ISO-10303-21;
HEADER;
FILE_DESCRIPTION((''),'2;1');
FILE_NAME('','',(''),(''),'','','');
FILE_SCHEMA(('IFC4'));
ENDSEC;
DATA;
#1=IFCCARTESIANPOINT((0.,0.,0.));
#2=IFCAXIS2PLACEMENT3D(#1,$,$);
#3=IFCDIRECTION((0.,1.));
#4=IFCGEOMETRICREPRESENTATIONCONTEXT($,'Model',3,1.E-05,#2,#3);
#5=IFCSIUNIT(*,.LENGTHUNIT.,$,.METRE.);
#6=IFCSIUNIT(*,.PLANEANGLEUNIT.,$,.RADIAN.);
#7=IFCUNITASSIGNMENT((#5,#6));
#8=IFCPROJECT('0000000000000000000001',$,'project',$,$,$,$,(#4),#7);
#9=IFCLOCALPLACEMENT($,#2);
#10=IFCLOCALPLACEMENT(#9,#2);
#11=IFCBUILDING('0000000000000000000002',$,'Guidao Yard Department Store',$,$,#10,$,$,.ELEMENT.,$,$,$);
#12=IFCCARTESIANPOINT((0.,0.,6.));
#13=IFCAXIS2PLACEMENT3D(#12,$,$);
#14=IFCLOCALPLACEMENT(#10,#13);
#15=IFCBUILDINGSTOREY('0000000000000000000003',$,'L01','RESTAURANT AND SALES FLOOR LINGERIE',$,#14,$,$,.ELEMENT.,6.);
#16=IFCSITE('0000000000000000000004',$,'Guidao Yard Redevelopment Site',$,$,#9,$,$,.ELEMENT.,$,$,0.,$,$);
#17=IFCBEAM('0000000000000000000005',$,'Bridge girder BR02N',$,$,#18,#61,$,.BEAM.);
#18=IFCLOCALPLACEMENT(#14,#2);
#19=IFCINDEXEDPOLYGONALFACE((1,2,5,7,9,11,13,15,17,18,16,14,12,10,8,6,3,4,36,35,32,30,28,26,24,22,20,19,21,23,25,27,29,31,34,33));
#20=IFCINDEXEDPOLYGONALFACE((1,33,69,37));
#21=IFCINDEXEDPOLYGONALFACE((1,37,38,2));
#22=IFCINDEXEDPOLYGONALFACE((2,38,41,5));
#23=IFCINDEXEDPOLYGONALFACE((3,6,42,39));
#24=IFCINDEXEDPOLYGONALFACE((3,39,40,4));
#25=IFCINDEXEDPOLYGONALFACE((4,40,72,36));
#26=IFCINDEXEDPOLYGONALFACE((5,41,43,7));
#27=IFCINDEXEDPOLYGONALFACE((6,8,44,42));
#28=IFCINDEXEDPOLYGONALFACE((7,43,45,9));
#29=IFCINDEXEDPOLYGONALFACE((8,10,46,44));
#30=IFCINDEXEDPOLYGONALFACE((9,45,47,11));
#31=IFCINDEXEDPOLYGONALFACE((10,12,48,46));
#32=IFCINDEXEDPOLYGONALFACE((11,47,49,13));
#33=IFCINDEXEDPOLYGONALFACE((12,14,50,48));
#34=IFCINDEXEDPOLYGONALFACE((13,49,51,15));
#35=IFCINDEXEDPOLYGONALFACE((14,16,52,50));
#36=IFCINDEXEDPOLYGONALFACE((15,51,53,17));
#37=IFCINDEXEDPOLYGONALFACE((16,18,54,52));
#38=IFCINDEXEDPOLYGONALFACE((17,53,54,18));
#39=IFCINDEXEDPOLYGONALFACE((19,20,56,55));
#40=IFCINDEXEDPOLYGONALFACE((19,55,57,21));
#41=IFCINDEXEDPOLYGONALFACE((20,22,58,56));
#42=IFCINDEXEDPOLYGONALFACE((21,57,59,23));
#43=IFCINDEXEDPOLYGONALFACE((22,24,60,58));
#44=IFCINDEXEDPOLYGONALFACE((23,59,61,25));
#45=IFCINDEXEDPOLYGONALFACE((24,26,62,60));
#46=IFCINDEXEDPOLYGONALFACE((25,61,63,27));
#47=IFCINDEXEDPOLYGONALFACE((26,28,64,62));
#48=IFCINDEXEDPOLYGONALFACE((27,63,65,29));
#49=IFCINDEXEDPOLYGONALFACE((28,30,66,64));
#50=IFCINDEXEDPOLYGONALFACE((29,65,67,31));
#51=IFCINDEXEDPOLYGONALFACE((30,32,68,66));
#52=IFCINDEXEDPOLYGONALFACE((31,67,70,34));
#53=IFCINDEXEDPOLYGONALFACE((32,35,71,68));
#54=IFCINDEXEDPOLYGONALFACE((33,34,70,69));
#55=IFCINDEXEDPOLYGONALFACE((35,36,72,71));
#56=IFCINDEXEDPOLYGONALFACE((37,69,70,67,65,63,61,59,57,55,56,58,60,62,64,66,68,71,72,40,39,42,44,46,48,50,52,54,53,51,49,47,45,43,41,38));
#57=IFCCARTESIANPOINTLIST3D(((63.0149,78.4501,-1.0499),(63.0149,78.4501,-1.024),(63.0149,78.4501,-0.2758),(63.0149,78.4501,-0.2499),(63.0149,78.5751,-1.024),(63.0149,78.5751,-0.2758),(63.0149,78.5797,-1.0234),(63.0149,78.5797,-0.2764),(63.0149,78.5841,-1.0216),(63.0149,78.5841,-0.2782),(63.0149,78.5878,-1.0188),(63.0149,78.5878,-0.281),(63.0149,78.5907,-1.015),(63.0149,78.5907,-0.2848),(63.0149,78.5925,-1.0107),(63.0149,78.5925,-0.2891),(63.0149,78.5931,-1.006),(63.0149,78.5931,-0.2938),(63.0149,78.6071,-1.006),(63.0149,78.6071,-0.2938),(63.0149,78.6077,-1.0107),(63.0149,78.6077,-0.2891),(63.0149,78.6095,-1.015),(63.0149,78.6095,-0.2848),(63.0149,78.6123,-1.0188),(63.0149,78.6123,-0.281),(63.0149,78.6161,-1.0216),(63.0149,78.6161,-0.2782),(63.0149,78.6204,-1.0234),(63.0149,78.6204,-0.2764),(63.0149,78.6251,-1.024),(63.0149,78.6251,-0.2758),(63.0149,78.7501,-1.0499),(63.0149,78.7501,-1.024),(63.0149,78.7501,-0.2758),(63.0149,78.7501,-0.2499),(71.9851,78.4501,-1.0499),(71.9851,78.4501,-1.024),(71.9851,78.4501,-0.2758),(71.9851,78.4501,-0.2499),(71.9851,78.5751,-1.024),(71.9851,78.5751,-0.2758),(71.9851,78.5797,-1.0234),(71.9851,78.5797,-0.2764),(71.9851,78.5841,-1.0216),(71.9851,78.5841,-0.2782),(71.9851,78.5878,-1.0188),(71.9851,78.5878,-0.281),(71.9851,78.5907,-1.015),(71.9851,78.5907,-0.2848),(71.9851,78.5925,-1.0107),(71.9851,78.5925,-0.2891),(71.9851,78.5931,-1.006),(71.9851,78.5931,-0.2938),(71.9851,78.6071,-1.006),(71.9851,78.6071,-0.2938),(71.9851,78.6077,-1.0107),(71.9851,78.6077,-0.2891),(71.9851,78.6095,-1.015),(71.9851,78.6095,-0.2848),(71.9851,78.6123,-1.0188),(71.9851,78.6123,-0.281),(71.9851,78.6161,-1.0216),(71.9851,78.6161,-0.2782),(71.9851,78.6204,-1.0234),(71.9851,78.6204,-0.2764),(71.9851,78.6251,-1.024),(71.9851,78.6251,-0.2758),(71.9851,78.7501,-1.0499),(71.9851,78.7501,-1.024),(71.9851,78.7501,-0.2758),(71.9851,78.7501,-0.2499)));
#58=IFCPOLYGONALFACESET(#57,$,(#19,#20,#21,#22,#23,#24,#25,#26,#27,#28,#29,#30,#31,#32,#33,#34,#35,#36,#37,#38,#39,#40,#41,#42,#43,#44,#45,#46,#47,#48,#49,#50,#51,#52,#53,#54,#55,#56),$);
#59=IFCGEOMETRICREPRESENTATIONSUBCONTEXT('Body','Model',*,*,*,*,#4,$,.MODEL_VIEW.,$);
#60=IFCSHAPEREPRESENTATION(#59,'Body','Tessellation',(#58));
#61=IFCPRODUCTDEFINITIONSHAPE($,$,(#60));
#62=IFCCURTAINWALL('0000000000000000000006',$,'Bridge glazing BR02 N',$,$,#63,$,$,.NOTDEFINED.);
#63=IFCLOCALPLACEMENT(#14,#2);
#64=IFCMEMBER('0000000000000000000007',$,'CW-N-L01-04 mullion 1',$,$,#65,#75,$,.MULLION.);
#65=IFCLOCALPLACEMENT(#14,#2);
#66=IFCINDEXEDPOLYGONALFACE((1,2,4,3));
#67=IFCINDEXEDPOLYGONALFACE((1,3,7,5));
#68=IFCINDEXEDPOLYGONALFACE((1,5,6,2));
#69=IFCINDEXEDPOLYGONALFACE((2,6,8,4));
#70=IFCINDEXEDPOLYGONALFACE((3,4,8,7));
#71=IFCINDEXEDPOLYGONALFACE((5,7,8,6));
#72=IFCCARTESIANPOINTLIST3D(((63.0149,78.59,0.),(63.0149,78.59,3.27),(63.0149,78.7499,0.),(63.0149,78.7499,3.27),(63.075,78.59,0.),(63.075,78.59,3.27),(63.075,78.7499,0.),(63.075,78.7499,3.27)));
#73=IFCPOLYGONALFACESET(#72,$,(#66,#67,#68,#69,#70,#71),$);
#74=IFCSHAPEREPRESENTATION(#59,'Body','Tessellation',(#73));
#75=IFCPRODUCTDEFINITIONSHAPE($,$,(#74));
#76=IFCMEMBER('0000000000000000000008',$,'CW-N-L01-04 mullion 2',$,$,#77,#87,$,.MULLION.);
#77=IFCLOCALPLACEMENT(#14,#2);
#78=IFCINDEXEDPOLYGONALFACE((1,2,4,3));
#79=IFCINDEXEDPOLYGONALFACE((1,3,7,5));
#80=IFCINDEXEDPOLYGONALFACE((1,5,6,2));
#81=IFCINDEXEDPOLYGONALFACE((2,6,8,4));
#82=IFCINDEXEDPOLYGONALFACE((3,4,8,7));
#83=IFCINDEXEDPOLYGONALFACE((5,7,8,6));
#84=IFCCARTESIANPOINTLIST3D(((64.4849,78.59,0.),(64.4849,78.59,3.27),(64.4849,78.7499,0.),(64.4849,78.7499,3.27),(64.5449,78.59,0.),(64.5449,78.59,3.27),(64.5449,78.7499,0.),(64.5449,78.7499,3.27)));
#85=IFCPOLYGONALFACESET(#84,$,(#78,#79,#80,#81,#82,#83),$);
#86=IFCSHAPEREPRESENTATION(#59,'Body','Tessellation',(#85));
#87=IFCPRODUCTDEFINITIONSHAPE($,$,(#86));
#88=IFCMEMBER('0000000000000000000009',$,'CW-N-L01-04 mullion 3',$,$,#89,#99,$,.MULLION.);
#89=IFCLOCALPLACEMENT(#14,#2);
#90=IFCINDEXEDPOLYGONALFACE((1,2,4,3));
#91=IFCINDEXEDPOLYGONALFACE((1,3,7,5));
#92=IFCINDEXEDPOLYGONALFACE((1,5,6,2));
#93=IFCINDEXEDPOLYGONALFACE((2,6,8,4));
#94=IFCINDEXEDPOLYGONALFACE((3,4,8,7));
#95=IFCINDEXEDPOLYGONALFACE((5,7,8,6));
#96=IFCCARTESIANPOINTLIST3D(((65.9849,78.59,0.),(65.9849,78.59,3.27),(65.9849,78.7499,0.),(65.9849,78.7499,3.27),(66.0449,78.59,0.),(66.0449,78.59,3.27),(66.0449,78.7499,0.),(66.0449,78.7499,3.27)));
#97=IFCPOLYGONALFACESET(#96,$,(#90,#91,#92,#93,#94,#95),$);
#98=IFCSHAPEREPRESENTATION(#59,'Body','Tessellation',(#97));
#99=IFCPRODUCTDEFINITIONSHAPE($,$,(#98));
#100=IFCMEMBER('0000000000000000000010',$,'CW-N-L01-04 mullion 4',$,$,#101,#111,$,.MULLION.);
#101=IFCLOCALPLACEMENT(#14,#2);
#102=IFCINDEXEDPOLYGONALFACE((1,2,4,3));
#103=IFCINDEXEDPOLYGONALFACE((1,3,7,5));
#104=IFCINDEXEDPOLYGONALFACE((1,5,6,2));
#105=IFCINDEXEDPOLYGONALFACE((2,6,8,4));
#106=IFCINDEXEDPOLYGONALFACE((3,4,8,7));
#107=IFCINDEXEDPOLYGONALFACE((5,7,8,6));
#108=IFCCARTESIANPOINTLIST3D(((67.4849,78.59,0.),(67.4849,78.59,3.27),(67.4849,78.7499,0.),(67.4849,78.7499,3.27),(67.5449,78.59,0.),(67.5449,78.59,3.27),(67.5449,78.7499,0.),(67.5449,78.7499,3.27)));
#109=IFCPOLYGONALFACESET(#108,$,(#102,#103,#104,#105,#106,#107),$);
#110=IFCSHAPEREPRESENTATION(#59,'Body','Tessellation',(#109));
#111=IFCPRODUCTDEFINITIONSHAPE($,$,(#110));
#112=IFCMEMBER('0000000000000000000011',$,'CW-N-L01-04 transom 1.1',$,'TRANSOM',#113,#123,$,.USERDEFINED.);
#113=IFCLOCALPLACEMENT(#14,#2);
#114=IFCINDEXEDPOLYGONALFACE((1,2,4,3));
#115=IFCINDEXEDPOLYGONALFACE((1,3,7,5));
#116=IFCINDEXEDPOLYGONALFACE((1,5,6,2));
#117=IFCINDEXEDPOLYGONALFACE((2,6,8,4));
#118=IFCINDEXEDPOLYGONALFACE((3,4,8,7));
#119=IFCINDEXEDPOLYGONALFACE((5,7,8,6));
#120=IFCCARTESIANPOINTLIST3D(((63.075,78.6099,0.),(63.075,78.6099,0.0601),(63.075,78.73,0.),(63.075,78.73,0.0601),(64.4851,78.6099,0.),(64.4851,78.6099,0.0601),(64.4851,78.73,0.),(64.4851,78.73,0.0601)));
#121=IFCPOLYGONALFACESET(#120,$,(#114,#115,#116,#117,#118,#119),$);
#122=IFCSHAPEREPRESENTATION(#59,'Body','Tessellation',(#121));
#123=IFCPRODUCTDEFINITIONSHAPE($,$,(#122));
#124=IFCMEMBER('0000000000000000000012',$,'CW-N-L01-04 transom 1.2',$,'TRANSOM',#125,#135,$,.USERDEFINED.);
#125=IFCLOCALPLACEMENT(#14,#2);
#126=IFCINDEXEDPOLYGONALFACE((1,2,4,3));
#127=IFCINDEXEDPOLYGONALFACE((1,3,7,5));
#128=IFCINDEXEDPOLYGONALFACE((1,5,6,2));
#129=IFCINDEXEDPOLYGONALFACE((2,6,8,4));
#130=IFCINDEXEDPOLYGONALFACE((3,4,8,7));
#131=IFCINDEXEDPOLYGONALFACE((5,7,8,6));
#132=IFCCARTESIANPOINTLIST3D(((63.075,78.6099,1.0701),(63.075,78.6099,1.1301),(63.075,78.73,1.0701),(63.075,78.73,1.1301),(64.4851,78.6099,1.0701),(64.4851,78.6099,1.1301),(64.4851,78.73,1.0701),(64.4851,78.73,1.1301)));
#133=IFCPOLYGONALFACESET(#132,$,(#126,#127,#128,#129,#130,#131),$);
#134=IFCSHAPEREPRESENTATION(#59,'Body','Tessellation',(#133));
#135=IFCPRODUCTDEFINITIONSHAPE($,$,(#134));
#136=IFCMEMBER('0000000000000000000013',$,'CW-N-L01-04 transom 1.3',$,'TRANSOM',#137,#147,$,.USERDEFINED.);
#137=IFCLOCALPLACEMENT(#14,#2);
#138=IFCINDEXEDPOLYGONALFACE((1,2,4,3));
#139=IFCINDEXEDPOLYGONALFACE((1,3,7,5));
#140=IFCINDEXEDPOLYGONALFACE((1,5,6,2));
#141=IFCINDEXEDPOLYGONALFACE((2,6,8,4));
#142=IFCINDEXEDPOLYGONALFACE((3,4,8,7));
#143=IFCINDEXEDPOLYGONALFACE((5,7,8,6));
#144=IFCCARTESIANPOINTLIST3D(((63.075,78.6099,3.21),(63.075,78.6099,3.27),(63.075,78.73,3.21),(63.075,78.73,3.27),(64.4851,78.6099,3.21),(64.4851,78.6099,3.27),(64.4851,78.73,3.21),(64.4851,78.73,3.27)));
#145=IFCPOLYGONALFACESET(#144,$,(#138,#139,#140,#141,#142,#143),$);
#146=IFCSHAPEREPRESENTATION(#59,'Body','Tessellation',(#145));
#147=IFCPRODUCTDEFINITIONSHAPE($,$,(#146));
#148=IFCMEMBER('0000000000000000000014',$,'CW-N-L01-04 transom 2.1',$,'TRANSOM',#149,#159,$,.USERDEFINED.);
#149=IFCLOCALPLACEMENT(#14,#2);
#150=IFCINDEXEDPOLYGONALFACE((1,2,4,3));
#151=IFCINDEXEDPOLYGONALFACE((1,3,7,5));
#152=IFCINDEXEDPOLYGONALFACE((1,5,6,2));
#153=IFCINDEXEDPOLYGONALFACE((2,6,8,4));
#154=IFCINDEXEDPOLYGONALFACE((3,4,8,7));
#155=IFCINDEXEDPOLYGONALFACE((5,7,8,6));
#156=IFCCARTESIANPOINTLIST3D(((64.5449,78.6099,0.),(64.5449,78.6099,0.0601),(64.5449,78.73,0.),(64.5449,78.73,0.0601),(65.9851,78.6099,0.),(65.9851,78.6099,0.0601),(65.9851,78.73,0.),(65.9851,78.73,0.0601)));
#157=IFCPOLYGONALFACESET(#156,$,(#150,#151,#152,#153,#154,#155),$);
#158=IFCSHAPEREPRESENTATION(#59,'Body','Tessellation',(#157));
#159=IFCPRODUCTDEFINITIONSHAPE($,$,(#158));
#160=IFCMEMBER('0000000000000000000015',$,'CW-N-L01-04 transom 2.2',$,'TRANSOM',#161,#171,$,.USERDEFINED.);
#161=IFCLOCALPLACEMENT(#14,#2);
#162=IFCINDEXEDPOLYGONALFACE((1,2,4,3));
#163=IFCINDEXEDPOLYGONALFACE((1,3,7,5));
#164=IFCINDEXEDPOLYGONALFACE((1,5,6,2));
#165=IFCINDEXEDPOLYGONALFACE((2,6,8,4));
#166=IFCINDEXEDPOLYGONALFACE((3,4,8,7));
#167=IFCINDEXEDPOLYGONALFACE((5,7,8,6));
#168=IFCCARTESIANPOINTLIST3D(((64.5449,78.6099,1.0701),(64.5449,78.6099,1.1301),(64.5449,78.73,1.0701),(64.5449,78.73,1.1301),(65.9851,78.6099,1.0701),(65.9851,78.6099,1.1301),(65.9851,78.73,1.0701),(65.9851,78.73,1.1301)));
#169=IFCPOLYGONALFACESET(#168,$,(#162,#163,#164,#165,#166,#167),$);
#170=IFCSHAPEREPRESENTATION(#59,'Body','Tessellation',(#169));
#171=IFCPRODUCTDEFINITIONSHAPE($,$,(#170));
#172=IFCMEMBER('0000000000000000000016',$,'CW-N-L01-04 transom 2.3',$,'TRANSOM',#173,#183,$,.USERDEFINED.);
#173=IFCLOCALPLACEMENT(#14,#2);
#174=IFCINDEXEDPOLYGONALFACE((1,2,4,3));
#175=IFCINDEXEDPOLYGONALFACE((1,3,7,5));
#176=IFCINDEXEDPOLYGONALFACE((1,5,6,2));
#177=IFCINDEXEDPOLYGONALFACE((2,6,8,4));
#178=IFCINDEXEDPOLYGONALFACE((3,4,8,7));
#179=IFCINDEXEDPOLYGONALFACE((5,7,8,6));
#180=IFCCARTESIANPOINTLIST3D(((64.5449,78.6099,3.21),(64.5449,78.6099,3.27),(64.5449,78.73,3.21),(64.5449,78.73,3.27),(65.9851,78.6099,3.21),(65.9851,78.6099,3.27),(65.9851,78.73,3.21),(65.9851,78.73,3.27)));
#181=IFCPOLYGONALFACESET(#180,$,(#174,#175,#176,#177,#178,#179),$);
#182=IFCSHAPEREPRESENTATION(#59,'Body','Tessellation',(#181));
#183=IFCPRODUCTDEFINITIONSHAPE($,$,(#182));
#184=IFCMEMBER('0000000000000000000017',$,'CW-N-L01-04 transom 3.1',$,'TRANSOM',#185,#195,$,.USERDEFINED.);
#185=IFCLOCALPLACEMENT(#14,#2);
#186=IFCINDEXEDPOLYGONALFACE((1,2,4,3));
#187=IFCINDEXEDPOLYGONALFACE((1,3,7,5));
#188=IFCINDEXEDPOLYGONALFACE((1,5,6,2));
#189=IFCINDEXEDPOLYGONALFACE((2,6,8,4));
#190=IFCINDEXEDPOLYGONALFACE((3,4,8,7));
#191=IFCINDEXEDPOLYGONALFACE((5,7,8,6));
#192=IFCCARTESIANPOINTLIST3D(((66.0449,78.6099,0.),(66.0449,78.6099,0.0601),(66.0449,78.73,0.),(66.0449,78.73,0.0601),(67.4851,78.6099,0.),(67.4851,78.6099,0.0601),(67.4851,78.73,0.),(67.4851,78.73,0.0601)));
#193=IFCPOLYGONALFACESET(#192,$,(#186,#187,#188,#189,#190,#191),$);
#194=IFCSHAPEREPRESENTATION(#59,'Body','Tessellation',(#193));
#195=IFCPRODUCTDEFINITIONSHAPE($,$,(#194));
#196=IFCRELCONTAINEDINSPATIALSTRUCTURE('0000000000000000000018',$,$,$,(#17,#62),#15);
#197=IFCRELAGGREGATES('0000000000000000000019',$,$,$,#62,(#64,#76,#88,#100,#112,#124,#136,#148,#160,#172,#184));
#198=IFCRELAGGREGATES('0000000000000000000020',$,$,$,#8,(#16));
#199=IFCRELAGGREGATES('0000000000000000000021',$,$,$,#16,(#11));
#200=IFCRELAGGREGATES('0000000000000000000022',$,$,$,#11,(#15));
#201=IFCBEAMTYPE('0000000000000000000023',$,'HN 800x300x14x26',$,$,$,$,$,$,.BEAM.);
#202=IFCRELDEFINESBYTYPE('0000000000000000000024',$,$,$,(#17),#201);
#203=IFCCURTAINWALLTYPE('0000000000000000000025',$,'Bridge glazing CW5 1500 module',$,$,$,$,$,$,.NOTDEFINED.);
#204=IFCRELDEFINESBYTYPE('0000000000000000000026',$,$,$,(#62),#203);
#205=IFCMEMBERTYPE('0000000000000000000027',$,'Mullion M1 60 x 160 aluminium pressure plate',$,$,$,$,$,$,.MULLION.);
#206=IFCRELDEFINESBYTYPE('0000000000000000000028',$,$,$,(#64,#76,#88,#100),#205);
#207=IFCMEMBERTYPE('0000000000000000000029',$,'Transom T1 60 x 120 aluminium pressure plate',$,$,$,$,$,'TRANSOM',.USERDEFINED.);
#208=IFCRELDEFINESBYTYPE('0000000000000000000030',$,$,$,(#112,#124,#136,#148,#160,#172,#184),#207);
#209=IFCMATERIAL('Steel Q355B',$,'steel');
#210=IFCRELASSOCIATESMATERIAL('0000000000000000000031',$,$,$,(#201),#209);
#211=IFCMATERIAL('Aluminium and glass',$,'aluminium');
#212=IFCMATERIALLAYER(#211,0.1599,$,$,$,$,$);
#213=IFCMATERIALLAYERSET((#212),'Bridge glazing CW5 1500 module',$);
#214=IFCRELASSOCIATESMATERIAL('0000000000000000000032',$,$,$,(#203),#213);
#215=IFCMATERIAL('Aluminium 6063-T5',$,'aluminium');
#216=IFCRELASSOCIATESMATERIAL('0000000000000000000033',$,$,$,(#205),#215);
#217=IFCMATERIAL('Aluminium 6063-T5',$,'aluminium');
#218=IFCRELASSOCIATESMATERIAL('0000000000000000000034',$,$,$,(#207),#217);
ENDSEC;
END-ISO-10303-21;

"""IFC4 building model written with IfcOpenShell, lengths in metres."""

from ifc_helpers import new_model, si_unit, direction, frame, origin, origin_2d, place, context, subcontext, project, spatial, rectangle, i_section, extrude, material, layer, layer_set, material_profile, profile_set, type_object, element, aggregate, save


model = new_model("IFC4")

# Units and contexts
model_context = context("Model", 3, precision=1e-05, world=origin(), true_north=direction((0.0, 1.0)))
body_context = subcontext(model_context, "Body", "Model", "MODEL_VIEW")
ifc_project = project(units=[si_unit("LENGTHUNIT", "METRE"), si_unit("PLANEANGLEUNIT", "RADIAN")], contexts=[model_context])

# Site, building, storey
site_placement = place(None, origin())
site = spatial("IfcSite", under=ifc_project, at=site_placement, Name="Guidao Yard Redevelopment Site", CompositionType="ELEMENT", RefElevation=0.0)
building_placement = place(site_placement, origin())
building = spatial("IfcBuilding", under=site, at=building_placement, Name="Guidao Yard Department Store", CompositionType="ELEMENT")
storey_placement = place(building_placement, frame((0.0, 0.0, 6.0)))
storey = spatial("IfcBuildingStorey", under=building, at=storey_placement, Name="L01", Description="RESTAURANT AND SALES FLOOR LINGERIE", CompositionType="ELEMENT", Elevation=6.0)

# Beam
ifc_material_1 = material(Name="Steel Q355B", Category="steel")
ifc_material_profile_1 = material_profile(ifc_material_1, i_section(OverallWidth=0.3, OverallDepth=0.8, WebThickness=0.0139, FlangeThickness=0.0259, FilletRadius=0.0181, at=origin_2d()), Name="HN 800x300x14x26")
ifc_profile_set_1 = profile_set([ifc_material_profile_1], Name="Steel Q355B")
beam_type = type_object("IfcBeamType", Name="HN 800x300x14x26", PredefinedType="BEAM", material=ifc_profile_set_1)
beam_placement = place(storey_placement, frame((63.0149, 78.6001, -0.6499), z_axis=(1.0, 0.0, 0.0), x_axis=(0.0, 1.0, 0.0)))
element("IfcBeam", 1, at=beam_placement, inside=storey, type_object=beam_type, Name="Bridge girder BR02N", PredefinedType="BEAM", context=body_context, shape_type="SweptSolid", body=[
    extrude(i_section(OverallWidth=0.3, OverallDepth=0.8, WebThickness=0.0139, FlangeThickness=0.0259, FilletRadius=0.0181, at=origin_2d()), origin(), (0.0, 0.0, 1.0), 8.9702),
])

# Curtain wall, members
ifc_material_2 = material(Name="Aluminium and glass", Category="aluminium")
ifc_layer_1 = layer(ifc_material_2, 0.1599)
ifc_layer_set_1 = layer_set([ifc_layer_1], Name="Bridge glazing CW5 1500 module")
curtain_wall_type = type_object("IfcCurtainWallType", Name="Bridge glazing CW5 1500 module", PredefinedType="NOTDEFINED", material=ifc_layer_set_1)
curtain_wall_placement = place(storey_placement, origin())
curtain_wall = element("IfcCurtainWall", 2, at=curtain_wall_placement, inside=storey, type_object=curtain_wall_type, Name="Bridge glazing BR02 N", PredefinedType="NOTDEFINED")
ifc_material_3 = material(Name="Aluminium 6063-T5", Category="aluminium")
ifc_material_profile_2 = material_profile(ifc_material_3, rectangle(XDim=0.0601, YDim=0.1599, at=origin_2d()), Name="Mullion M1 60 x 160 aluminium pressure plate")
ifc_profile_set_2 = profile_set([ifc_material_profile_2], Name="Aluminium 6063-T5")
member_type_1 = type_object("IfcMemberType", Name="Mullion M1 60 x 160 aluminium pressure plate", PredefinedType="MULLION", material=ifc_profile_set_2)
member_1_placement = place(storey_placement, frame((63.0449, 78.6699, 0.0), z_axis=(0.0, 0.0, 1.0), x_axis=(1.0, 0.0, 0.0)))
member_1 = element("IfcMember", 3, at=member_1_placement, type_object=member_type_1, Name="CW-N-L01-04 mullion 1", PredefinedType="MULLION", context=body_context, shape_type="SweptSolid", body=[
    extrude(rectangle(XDim=0.0601, YDim=0.1599, at=origin_2d()), origin(), (0.0, 0.0, 1.0), 3.27),
])
member_2_placement = place(storey_placement, frame((64.5149, 78.6699, 0.0), z_axis=(0.0, 0.0, 1.0), x_axis=(1.0, 0.0, 0.0)))
member_2 = element("IfcMember", 4, at=member_2_placement, type_object=member_type_1, Name="CW-N-L01-04 mullion 2", PredefinedType="MULLION", context=body_context, shape_type="SweptSolid", body=[
    extrude(rectangle(XDim=0.0601, YDim=0.1599, at=origin_2d()), origin(), (0.0, 0.0, 1.0), 3.27),
])
member_3_placement = place(storey_placement, frame((66.0149, 78.6699, 0.0), z_axis=(0.0, 0.0, 1.0), x_axis=(1.0, 0.0, 0.0)))
member_3 = element("IfcMember", 5, at=member_3_placement, type_object=member_type_1, Name="CW-N-L01-04 mullion 3", PredefinedType="MULLION", context=body_context, shape_type="SweptSolid", body=[
    extrude(rectangle(XDim=0.0601, YDim=0.1599, at=origin_2d()), origin(), (0.0, 0.0, 1.0), 3.27),
])
member_4_placement = place(storey_placement, frame((67.5149, 78.6699, 0.0), z_axis=(0.0, 0.0, 1.0), x_axis=(1.0, 0.0, 0.0)))
member_4 = element("IfcMember", 6, at=member_4_placement, type_object=member_type_1, Name="CW-N-L01-04 mullion 4", PredefinedType="MULLION", context=body_context, shape_type="SweptSolid", body=[
    extrude(rectangle(XDim=0.0601, YDim=0.1599, at=origin_2d()), origin(), (0.0, 0.0, 1.0), 3.27),
])
ifc_material_4 = material(Name="Aluminium 6063-T5", Category="aluminium")
ifc_material_profile_3 = material_profile(ifc_material_4, rectangle(XDim=0.1201, YDim=0.0601, at=origin_2d()), Name="Transom T1 60 x 120 aluminium pressure plate")
ifc_profile_set_3 = profile_set([ifc_material_profile_3], Name="Aluminium 6063-T5")
member_type_2 = type_object("IfcMemberType", Name="Transom T1 60 x 120 aluminium pressure plate", ElementType="TRANSOM", PredefinedType="USERDEFINED", material=ifc_profile_set_3)
member_5_placement = place(storey_placement, frame((63.075, 78.6699, 0.03), z_axis=(1.0, 0.0, 0.0), x_axis=(0.0, 1.0, 0.0)))
member_5 = element("IfcMember", 7, at=member_5_placement, type_object=member_type_2, Name="CW-N-L01-04 transom 1.1", ObjectType="TRANSOM", PredefinedType="USERDEFINED", context=body_context, shape_type="SweptSolid", body=[
    extrude(rectangle(XDim=0.1201, YDim=0.0601, at=origin_2d()), origin(), (0.0, 0.0, 1.0), 1.4102),
])
member_6_placement = place(storey_placement, frame((63.075, 78.6699, 1.1001), z_axis=(1.0, 0.0, 0.0), x_axis=(0.0, 1.0, 0.0)))
member_6 = element("IfcMember", 8, at=member_6_placement, type_object=member_type_2, Name="CW-N-L01-04 transom 1.2", ObjectType="TRANSOM", PredefinedType="USERDEFINED", context=body_context, shape_type="SweptSolid", body=[
    extrude(rectangle(XDim=0.1201, YDim=0.0601, at=origin_2d()), origin(), (0.0, 0.0, 1.0), 1.4102),
])
member_7_placement = place(storey_placement, frame((63.075, 78.6699, 3.24), z_axis=(1.0, 0.0, 0.0), x_axis=(0.0, 1.0, 0.0)))
member_7 = element("IfcMember", 9, at=member_7_placement, type_object=member_type_2, Name="CW-N-L01-04 transom 1.3", ObjectType="TRANSOM", PredefinedType="USERDEFINED", context=body_context, shape_type="SweptSolid", body=[
    extrude(rectangle(XDim=0.1201, YDim=0.0601, at=origin_2d()), origin(), (0.0, 0.0, 1.0), 1.4102),
])
member_8_placement = place(storey_placement, frame((64.5449, 78.6699, 0.03), z_axis=(1.0, 0.0, 0.0), x_axis=(0.0, 1.0, 0.0)))
member_8 = element("IfcMember", 10, at=member_8_placement, type_object=member_type_2, Name="CW-N-L01-04 transom 2.1", ObjectType="TRANSOM", PredefinedType="USERDEFINED", context=body_context, shape_type="SweptSolid", body=[
    extrude(rectangle(XDim=0.1201, YDim=0.0601, at=origin_2d()), origin(), (0.0, 0.0, 1.0), 1.4402),
])
member_9_placement = place(storey_placement, frame((64.5449, 78.6699, 1.1001), z_axis=(1.0, 0.0, 0.0), x_axis=(0.0, 1.0, 0.0)))
member_9 = element("IfcMember", 11, at=member_9_placement, type_object=member_type_2, Name="CW-N-L01-04 transom 2.2", ObjectType="TRANSOM", PredefinedType="USERDEFINED", context=body_context, shape_type="SweptSolid", body=[
    extrude(rectangle(XDim=0.1201, YDim=0.0601, at=origin_2d()), origin(), (0.0, 0.0, 1.0), 1.4402),
])
member_10_placement = place(storey_placement, frame((64.5449, 78.6699, 3.24), z_axis=(1.0, 0.0, 0.0), x_axis=(0.0, 1.0, 0.0)))
member_10 = element("IfcMember", 12, at=member_10_placement, type_object=member_type_2, Name="CW-N-L01-04 transom 2.3", ObjectType="TRANSOM", PredefinedType="USERDEFINED", context=body_context, shape_type="SweptSolid", body=[
    extrude(rectangle(XDim=0.1201, YDim=0.0601, at=origin_2d()), origin(), (0.0, 0.0, 1.0), 1.4402),
])
member_11_placement = place(storey_placement, frame((66.0449, 78.6699, 0.03), z_axis=(1.0, 0.0, 0.0), x_axis=(0.0, 1.0, 0.0)))
member_11 = element("IfcMember", 13, at=member_11_placement, type_object=member_type_2, Name="CW-N-L01-04 transom 3.1", ObjectType="TRANSOM", PredefinedType="USERDEFINED", context=body_context, shape_type="SweptSolid", body=[
    extrude(rectangle(XDim=0.1201, YDim=0.0601, at=origin_2d()), origin(), (0.0, 0.0, 1.0), 1.4402),
])
aggregate(curtain_wall, [member_1, member_2, member_3, member_4, member_5, member_6, member_7, member_8, member_9, member_10, member_11])

save(model, "model.ifc")
